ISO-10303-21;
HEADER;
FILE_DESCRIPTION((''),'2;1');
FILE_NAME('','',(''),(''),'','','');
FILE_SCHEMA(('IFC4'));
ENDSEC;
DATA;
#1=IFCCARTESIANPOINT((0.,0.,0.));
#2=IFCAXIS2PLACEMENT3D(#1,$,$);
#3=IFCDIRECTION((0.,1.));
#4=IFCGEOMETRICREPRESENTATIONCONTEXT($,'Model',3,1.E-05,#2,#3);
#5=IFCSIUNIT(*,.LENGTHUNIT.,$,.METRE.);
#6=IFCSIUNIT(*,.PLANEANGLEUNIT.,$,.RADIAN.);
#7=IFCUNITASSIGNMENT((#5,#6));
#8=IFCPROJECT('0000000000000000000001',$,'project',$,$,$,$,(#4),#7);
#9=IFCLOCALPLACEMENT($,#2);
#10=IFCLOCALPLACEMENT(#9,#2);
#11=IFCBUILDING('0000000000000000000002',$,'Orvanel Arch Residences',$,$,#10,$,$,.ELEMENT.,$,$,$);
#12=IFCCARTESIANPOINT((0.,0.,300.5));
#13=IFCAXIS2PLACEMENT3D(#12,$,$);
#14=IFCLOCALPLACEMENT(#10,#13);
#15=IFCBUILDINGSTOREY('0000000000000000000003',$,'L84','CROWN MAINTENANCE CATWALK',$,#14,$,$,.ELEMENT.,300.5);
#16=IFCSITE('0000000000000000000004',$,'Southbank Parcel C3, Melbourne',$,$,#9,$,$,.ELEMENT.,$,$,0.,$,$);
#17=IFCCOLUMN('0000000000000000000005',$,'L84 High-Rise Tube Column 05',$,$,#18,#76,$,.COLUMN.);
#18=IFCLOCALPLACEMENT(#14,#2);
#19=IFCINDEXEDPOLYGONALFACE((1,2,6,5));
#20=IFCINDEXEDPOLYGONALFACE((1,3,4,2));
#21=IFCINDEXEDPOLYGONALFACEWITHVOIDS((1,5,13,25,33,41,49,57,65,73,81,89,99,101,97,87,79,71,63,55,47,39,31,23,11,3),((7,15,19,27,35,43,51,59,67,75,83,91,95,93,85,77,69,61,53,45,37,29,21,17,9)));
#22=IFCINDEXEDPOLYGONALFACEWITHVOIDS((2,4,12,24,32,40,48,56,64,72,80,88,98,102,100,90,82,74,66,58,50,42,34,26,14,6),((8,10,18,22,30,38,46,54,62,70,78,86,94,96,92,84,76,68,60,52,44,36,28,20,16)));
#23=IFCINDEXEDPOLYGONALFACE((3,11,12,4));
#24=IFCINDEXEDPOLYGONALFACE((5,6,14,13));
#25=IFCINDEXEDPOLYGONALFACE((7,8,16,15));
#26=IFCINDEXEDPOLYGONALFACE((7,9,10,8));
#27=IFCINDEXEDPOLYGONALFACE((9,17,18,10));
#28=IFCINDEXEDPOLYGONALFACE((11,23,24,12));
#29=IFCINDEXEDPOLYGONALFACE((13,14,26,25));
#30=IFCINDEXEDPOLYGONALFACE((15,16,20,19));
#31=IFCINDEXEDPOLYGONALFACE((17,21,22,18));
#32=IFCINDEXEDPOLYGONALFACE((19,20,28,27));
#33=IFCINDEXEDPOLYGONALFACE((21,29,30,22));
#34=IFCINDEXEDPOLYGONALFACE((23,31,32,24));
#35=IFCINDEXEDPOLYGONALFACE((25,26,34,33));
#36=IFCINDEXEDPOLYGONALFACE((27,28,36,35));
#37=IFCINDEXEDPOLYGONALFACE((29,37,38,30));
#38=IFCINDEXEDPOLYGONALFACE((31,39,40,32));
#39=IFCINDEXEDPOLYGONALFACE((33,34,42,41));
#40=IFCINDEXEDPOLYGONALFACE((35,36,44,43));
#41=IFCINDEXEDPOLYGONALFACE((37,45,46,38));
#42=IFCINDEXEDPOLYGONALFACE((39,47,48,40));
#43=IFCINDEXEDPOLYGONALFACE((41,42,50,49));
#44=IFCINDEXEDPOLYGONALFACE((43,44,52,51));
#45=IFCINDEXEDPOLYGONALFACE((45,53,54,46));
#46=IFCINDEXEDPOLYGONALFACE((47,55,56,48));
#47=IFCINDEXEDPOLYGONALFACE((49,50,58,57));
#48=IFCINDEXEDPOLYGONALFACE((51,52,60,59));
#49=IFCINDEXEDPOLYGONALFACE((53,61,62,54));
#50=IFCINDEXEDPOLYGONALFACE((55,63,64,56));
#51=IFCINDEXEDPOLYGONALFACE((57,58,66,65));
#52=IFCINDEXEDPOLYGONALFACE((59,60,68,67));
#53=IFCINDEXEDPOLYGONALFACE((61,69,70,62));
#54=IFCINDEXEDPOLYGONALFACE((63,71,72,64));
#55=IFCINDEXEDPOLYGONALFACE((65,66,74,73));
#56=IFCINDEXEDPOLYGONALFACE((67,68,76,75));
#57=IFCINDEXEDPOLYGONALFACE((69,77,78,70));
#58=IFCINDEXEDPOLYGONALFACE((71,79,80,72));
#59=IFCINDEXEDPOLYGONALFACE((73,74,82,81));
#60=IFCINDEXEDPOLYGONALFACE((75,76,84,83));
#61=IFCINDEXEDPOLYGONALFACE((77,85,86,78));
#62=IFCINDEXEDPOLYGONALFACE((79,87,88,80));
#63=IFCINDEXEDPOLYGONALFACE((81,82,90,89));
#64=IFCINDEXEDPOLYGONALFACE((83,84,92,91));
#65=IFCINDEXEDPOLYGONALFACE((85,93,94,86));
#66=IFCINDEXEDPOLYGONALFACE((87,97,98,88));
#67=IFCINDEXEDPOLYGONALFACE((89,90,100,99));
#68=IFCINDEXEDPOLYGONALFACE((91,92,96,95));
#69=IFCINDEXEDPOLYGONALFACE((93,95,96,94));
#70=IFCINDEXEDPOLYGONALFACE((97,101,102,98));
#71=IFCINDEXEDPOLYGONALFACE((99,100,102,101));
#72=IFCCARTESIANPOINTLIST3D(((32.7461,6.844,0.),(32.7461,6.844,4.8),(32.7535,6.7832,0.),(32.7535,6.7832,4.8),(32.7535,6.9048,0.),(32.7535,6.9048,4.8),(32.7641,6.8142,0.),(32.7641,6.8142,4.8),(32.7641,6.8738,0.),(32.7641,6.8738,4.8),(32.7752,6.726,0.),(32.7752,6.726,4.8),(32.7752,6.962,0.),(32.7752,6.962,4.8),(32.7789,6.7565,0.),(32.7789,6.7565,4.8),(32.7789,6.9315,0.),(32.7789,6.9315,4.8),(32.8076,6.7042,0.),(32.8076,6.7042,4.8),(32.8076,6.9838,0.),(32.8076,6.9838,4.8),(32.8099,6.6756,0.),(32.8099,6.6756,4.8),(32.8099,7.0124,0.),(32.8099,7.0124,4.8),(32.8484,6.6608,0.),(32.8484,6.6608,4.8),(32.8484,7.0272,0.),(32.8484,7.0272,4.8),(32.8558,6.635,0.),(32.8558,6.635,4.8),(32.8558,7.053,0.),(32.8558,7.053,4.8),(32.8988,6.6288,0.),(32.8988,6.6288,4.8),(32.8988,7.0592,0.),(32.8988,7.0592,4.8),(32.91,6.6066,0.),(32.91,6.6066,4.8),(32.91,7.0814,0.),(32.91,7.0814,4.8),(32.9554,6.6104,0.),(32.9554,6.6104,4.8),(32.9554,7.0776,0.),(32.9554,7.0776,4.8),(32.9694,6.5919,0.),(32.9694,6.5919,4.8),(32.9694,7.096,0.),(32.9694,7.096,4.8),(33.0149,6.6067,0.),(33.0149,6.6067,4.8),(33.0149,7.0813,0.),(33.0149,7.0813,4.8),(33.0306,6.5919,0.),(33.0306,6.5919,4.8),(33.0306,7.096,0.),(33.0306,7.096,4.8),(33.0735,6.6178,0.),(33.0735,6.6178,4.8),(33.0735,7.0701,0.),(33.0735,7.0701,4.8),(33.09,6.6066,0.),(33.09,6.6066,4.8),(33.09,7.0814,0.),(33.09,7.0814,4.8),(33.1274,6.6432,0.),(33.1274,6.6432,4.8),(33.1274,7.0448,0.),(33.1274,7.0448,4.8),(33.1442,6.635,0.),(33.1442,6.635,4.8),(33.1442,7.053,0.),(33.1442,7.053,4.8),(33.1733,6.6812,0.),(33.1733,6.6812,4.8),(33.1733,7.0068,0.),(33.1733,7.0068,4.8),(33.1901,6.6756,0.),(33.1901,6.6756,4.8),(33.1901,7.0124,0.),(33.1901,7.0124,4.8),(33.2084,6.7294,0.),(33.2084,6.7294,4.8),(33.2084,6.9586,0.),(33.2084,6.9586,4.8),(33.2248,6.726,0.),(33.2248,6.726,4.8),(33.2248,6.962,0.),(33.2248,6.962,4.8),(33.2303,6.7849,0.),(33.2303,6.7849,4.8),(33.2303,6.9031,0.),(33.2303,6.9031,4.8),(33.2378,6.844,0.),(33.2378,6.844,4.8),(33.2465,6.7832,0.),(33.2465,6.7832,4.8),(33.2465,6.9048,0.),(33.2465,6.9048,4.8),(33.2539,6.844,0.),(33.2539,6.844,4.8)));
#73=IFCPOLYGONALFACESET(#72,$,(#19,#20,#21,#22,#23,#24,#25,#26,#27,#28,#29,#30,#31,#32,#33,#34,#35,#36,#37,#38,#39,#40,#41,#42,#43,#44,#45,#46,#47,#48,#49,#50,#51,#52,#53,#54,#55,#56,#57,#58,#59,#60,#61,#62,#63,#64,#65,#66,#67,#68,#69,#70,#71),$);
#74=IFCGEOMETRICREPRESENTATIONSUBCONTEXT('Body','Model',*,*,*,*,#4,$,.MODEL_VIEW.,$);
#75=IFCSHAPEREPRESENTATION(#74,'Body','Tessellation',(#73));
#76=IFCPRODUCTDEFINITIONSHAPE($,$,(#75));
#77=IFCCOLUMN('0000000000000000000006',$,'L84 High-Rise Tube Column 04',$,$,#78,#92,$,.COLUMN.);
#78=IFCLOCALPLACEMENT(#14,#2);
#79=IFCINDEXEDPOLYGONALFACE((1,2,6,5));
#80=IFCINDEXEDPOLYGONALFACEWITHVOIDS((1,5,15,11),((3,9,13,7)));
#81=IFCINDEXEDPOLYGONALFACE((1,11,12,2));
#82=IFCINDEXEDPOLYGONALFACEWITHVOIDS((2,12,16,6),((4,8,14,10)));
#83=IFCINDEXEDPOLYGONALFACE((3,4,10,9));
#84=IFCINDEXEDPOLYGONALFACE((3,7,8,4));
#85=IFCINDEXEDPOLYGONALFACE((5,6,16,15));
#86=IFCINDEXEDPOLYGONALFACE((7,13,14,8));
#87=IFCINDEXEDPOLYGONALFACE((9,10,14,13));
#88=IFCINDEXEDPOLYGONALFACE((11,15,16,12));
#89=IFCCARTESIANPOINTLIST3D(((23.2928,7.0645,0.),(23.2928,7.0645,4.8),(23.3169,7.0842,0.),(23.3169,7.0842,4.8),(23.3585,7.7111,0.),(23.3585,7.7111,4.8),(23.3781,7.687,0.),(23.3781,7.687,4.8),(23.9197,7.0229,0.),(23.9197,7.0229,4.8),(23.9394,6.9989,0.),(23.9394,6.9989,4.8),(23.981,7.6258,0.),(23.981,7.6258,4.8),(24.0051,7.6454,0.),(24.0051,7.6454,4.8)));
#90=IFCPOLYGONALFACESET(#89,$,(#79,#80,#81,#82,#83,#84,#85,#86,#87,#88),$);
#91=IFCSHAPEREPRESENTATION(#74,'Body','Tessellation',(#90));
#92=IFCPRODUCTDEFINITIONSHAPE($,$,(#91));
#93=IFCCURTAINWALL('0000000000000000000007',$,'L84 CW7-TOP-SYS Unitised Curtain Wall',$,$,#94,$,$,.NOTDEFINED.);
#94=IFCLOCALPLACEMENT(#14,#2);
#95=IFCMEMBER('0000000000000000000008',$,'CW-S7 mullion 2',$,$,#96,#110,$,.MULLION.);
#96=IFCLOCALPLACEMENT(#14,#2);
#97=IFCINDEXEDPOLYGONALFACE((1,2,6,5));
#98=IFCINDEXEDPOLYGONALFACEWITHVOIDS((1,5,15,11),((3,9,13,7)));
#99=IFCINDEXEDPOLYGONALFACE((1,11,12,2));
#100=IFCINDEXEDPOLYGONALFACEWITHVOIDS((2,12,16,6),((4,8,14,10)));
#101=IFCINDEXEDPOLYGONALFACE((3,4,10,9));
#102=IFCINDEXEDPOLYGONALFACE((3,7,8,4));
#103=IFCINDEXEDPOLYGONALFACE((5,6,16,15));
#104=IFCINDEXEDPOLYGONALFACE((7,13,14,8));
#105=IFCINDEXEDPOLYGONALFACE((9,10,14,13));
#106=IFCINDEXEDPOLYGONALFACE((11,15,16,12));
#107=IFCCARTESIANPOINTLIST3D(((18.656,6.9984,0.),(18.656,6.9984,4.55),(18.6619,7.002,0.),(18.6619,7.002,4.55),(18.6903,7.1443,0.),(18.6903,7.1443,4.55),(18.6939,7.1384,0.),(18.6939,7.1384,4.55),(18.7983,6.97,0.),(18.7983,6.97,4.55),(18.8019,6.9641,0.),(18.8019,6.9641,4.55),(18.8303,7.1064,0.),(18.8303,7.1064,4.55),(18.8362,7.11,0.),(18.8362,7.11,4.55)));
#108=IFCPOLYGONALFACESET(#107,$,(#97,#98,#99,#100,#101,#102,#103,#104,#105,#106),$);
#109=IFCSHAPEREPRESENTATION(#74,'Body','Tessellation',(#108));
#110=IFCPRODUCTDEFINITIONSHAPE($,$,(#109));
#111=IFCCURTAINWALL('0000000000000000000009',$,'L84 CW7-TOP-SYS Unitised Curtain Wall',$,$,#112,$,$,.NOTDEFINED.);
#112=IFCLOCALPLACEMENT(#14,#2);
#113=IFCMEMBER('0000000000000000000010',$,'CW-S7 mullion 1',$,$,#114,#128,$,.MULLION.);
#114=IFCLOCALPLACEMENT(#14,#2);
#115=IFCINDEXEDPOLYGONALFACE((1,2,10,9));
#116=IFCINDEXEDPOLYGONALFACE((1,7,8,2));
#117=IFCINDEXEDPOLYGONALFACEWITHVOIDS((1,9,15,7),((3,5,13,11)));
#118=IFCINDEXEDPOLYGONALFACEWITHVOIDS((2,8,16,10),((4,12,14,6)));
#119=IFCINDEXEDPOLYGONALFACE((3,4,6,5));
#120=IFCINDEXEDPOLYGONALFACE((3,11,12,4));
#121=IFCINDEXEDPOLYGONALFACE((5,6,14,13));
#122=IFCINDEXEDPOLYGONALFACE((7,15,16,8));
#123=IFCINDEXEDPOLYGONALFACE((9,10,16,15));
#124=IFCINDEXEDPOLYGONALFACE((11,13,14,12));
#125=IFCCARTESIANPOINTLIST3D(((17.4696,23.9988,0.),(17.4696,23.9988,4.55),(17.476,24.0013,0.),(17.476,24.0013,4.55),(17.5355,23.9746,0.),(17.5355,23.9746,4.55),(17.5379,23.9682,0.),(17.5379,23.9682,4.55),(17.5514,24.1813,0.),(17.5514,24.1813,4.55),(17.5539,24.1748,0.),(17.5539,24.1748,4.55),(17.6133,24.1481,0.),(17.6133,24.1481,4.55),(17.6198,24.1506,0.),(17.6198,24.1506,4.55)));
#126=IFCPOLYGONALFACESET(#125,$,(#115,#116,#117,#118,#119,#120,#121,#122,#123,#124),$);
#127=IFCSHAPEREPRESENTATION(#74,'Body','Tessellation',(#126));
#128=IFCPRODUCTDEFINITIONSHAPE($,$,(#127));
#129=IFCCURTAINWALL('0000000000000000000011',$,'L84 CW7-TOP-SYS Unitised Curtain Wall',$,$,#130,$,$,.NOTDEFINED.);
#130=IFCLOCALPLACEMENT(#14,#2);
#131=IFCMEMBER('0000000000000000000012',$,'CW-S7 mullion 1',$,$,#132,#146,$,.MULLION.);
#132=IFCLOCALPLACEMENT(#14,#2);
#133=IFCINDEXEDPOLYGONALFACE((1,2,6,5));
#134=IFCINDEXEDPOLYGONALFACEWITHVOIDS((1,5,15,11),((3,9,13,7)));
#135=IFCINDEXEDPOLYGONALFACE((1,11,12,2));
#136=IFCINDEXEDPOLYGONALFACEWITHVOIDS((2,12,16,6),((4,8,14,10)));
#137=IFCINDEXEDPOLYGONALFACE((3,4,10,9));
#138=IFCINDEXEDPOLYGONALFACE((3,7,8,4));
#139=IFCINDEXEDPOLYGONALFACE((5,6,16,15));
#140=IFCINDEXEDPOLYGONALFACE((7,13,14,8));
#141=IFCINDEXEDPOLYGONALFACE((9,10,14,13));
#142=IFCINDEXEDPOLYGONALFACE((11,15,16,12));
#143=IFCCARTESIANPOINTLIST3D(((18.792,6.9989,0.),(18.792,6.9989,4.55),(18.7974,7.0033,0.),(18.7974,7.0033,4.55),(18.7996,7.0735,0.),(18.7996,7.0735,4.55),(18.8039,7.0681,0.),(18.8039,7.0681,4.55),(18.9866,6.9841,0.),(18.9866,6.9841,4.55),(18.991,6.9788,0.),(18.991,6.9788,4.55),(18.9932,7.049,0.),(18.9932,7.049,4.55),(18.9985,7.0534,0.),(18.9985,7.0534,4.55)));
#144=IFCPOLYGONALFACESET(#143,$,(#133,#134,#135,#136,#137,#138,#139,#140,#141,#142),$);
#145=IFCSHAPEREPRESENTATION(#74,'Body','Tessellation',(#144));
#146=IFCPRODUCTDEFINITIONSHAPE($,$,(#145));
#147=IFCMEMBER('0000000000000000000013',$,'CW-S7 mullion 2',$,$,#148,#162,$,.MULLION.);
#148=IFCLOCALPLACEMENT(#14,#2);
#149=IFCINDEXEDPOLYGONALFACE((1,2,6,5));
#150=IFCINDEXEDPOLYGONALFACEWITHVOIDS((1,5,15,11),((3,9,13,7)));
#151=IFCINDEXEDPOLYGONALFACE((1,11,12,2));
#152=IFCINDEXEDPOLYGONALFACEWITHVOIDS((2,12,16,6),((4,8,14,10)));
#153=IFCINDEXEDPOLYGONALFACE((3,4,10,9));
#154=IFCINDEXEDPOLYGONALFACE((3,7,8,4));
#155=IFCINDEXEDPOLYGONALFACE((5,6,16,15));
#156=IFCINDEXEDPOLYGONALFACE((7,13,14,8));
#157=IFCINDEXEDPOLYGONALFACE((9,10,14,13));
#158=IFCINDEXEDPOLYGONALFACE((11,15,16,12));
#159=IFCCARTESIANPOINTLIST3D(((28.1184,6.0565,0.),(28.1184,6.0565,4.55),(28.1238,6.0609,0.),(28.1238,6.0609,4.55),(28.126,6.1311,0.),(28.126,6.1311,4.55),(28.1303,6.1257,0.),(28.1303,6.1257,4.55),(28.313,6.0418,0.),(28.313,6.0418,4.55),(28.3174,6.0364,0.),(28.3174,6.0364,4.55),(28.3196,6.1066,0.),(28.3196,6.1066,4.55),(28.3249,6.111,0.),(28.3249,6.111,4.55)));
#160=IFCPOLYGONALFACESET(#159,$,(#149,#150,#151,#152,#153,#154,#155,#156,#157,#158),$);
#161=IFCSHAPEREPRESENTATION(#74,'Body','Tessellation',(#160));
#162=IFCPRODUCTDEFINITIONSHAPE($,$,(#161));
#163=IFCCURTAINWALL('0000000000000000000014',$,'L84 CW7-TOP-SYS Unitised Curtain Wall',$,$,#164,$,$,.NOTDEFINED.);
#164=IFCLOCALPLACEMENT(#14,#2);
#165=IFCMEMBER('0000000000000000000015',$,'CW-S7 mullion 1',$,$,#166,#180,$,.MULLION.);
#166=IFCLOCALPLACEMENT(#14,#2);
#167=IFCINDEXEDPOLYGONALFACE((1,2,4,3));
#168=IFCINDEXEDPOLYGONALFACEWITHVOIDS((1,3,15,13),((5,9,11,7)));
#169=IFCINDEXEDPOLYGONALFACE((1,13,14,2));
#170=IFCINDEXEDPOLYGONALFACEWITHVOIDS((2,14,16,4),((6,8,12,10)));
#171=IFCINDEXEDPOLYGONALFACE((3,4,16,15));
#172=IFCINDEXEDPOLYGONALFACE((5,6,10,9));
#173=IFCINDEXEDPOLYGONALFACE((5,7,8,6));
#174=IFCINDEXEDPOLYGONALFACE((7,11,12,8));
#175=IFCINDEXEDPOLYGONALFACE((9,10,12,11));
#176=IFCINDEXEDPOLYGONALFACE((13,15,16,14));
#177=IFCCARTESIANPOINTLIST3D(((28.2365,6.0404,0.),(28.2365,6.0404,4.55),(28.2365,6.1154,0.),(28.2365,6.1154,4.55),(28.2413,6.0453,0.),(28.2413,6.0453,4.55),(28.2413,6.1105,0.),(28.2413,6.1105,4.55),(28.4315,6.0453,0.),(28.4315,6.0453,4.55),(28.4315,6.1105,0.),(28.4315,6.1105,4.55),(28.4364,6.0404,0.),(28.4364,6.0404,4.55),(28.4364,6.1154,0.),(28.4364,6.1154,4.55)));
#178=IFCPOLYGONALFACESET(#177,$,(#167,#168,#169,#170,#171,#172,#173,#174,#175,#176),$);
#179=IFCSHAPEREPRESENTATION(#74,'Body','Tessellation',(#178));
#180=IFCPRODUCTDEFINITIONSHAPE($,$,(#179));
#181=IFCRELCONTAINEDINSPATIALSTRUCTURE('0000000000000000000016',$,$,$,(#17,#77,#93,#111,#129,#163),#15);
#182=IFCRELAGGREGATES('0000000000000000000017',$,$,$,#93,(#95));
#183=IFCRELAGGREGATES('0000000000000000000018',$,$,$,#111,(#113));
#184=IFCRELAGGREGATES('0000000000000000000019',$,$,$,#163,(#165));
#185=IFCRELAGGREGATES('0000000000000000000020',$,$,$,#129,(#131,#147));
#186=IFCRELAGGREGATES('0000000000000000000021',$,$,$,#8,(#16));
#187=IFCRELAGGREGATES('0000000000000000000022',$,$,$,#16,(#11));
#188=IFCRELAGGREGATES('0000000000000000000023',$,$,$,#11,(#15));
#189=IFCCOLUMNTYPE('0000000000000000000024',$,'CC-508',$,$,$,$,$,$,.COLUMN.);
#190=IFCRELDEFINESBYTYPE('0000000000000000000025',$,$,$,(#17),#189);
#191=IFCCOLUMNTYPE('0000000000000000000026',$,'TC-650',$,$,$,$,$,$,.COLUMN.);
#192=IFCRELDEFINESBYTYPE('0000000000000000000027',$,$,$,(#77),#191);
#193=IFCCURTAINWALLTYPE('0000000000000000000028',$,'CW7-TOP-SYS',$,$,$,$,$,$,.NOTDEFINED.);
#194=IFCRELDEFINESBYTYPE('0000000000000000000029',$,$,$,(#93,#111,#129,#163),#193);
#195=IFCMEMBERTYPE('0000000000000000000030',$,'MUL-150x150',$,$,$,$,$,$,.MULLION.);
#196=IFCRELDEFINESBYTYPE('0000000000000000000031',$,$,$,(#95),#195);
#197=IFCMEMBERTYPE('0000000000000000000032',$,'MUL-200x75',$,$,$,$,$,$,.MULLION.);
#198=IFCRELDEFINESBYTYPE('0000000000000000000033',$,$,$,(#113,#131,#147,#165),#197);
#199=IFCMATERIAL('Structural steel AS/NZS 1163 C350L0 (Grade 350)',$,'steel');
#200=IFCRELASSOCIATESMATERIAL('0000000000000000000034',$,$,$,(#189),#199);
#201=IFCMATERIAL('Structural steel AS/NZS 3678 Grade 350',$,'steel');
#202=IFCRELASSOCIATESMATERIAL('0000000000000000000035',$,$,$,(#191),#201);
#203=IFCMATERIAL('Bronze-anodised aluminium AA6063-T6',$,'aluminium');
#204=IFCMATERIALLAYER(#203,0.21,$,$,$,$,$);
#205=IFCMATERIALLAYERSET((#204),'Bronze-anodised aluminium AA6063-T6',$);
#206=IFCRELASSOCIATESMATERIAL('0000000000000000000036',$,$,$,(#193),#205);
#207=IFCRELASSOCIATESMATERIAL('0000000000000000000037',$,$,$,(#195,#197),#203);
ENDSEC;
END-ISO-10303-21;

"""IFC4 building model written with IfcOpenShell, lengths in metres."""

from ifc_helpers import new_model, si_unit, direction, frame, origin, origin_2d, place, context, subcontext, project, spatial, hollow_rectangle, hollow_circle, extrude, material, layer, layer_set, material_profile, profile_set, type_object, element, aggregate, save


model = new_model("IFC4")

# Units and contexts
model_context = context("Model", 3, precision=1e-05, world=origin(), true_north=direction((0.0, 1.0)))
body_context = subcontext(model_context, "Body", "Model", "MODEL_VIEW")
ifc_project = project(units=[si_unit("LENGTHUNIT", "METRE"), si_unit("PLANEANGLEUNIT", "RADIAN")], contexts=[model_context])

# Site, building, storey
site_placement = place(None, origin())
site = spatial("IfcSite", under=ifc_project, at=site_placement, Name="Southbank Parcel C3, Melbourne", CompositionType="ELEMENT", RefElevation=0.0)
building_placement = place(site_placement, origin())
building = spatial("IfcBuilding", under=site, at=building_placement, Name="Orvanel Arch Residences", CompositionType="ELEMENT")
storey_placement = place(building_placement, frame((0.0, 0.0, 300.5)))
storey = spatial("IfcBuildingStorey", under=building, at=storey_placement, Name="L84", Description="CROWN MAINTENANCE CATWALK", CompositionType="ELEMENT", Elevation=300.5)

# Columns
ifc_material_1 = material(Name="Structural steel AS/NZS 1163 C350L0 (Grade 350)", Category="steel")
ifc_material_profile_1 = material_profile(ifc_material_1, hollow_circle(Radius=0.2539, WallThickness=0.0161, at=origin_2d()), Name="CHS508x16")
ifc_profile_set_1 = profile_set([ifc_material_profile_1], Name="Structural steel AS/NZS 1163 C350L0 (Grade 350)")
column_type_1 = type_object("IfcColumnType", Name="CC-508", PredefinedType="COLUMN", material=ifc_profile_set_1)
column_1_placement = place(storey_placement, frame((33.0, 6.844, 0.0), z_axis=(0.0, 0.0, 1.0), x_axis=(1.0, 0.0, 0.0)))
element("IfcColumn", 1, at=column_1_placement, inside=storey, type_object=column_type_1, Name="L84 High-Rise Tube Column 05", PredefinedType="COLUMN", context=body_context, shape_type="SweptSolid", body=[
    extrude(hollow_circle(Radius=0.2539, WallThickness=0.0161, at=origin_2d()), origin(), (0.0, 0.0, 1.0), 4.8),
])
ifc_material_2 = material(Name="Structural steel AS/NZS 3678 Grade 350", Category="steel")
ifc_material_profile_2 = material_profile(ifc_material_2, hollow_rectangle(XDim=0.6499, YDim=0.6499, WallThickness=0.022, at=origin_2d()), Name="BOX650x650x22")
ifc_profile_set_2 = profile_set([ifc_material_profile_2], Name="Structural steel AS/NZS 3678 Grade 350")
column_type_2 = type_object("IfcColumnType", Name="TC-650", PredefinedType="COLUMN", material=ifc_profile_set_2)
column_2_placement = place(storey_placement, frame((23.6489, 7.355, 0.0), z_axis=(0.0, 0.0, 1.0), x_axis=(-0.994881, 0.101056, 0.0)))
element("IfcColumn", 2, at=column_2_placement, inside=storey, type_object=column_type_2, Name="L84 High-Rise Tube Column 04", PredefinedType="COLUMN", context=body_context, shape_type="SweptSolid", body=[
    extrude(hollow_rectangle(XDim=0.6499, YDim=0.6499, WallThickness=0.022, at=origin_2d()), origin(), (0.0, 0.0, 1.0), 4.8),
])

# Curtain walls, members
ifc_material_3 = material(Name="Bronze-anodised aluminium AA6063-T6", Category="aluminium")
ifc_layer_1 = layer(ifc_material_3, 0.21)
ifc_layer_set_1 = layer_set([ifc_layer_1], Name="Bronze-anodised aluminium AA6063-T6")
curtain_wall_type = type_object("IfcCurtainWallType", Name="CW7-TOP-SYS", PredefinedType="NOTDEFINED", material=ifc_layer_set_1)
curtain_wall_1_placement = place(storey_placement, origin())
curtain_wall_1 = element("IfcCurtainWall", 3, at=curtain_wall_1_placement, inside=storey, type_object=curtain_wall_type, Name="L84 CW7-TOP-SYS Unitised Curtain Wall", PredefinedType="NOTDEFINED")
ifc_material_profile_3 = material_profile(ifc_material_3, hollow_rectangle(XDim=0.1499, YDim=0.1499, WallThickness=0.0049, at=origin_2d()), Name="ALU150x150x5")
ifc_profile_set_3 = profile_set([ifc_material_profile_3], Name="Bronze-anodised aluminium AA6063-T6")
member_type_1 = type_object("IfcMemberType", Name="MUL-150x150", PredefinedType="MULLION", material=ifc_profile_set_3)
member_1_placement = place(storey_placement, frame((18.7461, 7.0542, 0.0), z_axis=(0.0, 0.0, 1.0), x_axis=(0.228641, 0.973511, 0.0)))
member_1 = element("IfcMember", 4, at=member_1_placement, type_object=member_type_1, Name="CW-S7 mullion 2", PredefinedType="MULLION", context=body_context, shape_type="SweptSolid", body=[
    extrude(hollow_rectangle(XDim=0.1499, YDim=0.1499, WallThickness=0.0049, at=origin_2d()), origin(), (0.0, 0.0, 1.0), 4.55),
])
aggregate(curtain_wall_1, [member_1])
curtain_wall_2_placement = place(storey_placement, origin())
curtain_wall_2 = element("IfcCurtainWall", 5, at=curtain_wall_2_placement, inside=storey, type_object=curtain_wall_type, Name="L84 CW7-TOP-SYS Unitised Curtain Wall", PredefinedType="NOTDEFINED")
ifc_material_profile_4 = material_profile(ifc_material_3, hollow_rectangle(XDim=0.075, YDim=0.2, WallThickness=0.0049, at=origin_2d()), Name="ALU200x75x5")
ifc_profile_set_4 = profile_set([ifc_material_profile_4], Name="Bronze-anodised aluminium AA6063-T6")
member_type_2 = type_object("IfcMemberType", Name="MUL-200x75", PredefinedType="MULLION", material=ifc_profile_set_4)
member_2_placement = place(storey_placement, frame((17.5447, 24.0747, 0.0), z_axis=(0.0, 0.0, 1.0), x_axis=(0.912376, -0.409353, 0.0)))
member_2 = element("IfcMember", 6, at=member_2_placement, type_object=member_type_2, Name="CW-S7 mullion 1", PredefinedType="MULLION", context=body_context, shape_type="SweptSolid", body=[
    extrude(hollow_rectangle(XDim=0.075, YDim=0.2, WallThickness=0.0049, at=origin_2d()), origin(), (0.0, 0.0, 1.0), 4.55),
])

# Curtain wall, members
curtain_wall_3_placement = place(storey_placement, origin())
curtain_wall_3 = element("IfcCurtainWall", 7, at=curtain_wall_3_placement, inside=storey, type_object=curtain_wall_type, Name="L84 CW7-TOP-SYS Unitised Curtain Wall", PredefinedType="NOTDEFINED")
member_3_placement = place(storey_placement, frame((18.8953, 7.0261, 0.0), z_axis=(0.0, 0.0, 1.0), x_axis=(0.100541, 0.994933, 0.0)))
member_3 = element("IfcMember", 8, at=member_3_placement, type_object=member_type_2, Name="CW-S7 mullion 1", PredefinedType="MULLION", context=body_context, shape_type="SweptSolid", body=[
    extrude(hollow_rectangle(XDim=0.075, YDim=0.2, WallThickness=0.0049, at=origin_2d()), origin(), (0.0, 0.0, 1.0), 4.55),
])
member_4_placement = place(storey_placement, frame((28.2217, 6.0837, 0.0), z_axis=(0.0, 0.0, 1.0), x_axis=(0.100541, 0.994933, 0.0)))
member_4 = element("IfcMember", 9, at=member_4_placement, type_object=member_type_2, Name="CW-S7 mullion 2", PredefinedType="MULLION", context=body_context, shape_type="SweptSolid", body=[
    extrude(hollow_rectangle(XDim=0.075, YDim=0.2, WallThickness=0.0049, at=origin_2d()), origin(), (0.0, 0.0, 1.0), 4.55),
])

# Curtain wall, member
curtain_wall_4_placement = place(storey_placement, origin())
curtain_wall_4 = element("IfcCurtainWall", 10, at=curtain_wall_4_placement, inside=storey, type_object=curtain_wall_type, Name="L84 CW7-TOP-SYS Unitised Curtain Wall", PredefinedType="NOTDEFINED")
member_5_placement = place(storey_placement, frame((28.3364, 6.0779, 0.0), z_axis=(0.0, 0.0, 1.0), x_axis=(0.0, 1.0, 0.0)))
member_5 = element("IfcMember", 11, at=member_5_placement, type_object=member_type_2, Name="CW-S7 mullion 1", PredefinedType="MULLION", context=body_context, shape_type="SweptSolid", body=[
    extrude(hollow_rectangle(XDim=0.075, YDim=0.2, WallThickness=0.0049, at=origin_2d()), origin(), (0.0, 0.0, 1.0), 4.55),
])

aggregate(curtain_wall_2, [member_2])
aggregate(curtain_wall_4, [member_5])

aggregate(curtain_wall_3, [member_3, member_4])

save(model, "model.ifc")
